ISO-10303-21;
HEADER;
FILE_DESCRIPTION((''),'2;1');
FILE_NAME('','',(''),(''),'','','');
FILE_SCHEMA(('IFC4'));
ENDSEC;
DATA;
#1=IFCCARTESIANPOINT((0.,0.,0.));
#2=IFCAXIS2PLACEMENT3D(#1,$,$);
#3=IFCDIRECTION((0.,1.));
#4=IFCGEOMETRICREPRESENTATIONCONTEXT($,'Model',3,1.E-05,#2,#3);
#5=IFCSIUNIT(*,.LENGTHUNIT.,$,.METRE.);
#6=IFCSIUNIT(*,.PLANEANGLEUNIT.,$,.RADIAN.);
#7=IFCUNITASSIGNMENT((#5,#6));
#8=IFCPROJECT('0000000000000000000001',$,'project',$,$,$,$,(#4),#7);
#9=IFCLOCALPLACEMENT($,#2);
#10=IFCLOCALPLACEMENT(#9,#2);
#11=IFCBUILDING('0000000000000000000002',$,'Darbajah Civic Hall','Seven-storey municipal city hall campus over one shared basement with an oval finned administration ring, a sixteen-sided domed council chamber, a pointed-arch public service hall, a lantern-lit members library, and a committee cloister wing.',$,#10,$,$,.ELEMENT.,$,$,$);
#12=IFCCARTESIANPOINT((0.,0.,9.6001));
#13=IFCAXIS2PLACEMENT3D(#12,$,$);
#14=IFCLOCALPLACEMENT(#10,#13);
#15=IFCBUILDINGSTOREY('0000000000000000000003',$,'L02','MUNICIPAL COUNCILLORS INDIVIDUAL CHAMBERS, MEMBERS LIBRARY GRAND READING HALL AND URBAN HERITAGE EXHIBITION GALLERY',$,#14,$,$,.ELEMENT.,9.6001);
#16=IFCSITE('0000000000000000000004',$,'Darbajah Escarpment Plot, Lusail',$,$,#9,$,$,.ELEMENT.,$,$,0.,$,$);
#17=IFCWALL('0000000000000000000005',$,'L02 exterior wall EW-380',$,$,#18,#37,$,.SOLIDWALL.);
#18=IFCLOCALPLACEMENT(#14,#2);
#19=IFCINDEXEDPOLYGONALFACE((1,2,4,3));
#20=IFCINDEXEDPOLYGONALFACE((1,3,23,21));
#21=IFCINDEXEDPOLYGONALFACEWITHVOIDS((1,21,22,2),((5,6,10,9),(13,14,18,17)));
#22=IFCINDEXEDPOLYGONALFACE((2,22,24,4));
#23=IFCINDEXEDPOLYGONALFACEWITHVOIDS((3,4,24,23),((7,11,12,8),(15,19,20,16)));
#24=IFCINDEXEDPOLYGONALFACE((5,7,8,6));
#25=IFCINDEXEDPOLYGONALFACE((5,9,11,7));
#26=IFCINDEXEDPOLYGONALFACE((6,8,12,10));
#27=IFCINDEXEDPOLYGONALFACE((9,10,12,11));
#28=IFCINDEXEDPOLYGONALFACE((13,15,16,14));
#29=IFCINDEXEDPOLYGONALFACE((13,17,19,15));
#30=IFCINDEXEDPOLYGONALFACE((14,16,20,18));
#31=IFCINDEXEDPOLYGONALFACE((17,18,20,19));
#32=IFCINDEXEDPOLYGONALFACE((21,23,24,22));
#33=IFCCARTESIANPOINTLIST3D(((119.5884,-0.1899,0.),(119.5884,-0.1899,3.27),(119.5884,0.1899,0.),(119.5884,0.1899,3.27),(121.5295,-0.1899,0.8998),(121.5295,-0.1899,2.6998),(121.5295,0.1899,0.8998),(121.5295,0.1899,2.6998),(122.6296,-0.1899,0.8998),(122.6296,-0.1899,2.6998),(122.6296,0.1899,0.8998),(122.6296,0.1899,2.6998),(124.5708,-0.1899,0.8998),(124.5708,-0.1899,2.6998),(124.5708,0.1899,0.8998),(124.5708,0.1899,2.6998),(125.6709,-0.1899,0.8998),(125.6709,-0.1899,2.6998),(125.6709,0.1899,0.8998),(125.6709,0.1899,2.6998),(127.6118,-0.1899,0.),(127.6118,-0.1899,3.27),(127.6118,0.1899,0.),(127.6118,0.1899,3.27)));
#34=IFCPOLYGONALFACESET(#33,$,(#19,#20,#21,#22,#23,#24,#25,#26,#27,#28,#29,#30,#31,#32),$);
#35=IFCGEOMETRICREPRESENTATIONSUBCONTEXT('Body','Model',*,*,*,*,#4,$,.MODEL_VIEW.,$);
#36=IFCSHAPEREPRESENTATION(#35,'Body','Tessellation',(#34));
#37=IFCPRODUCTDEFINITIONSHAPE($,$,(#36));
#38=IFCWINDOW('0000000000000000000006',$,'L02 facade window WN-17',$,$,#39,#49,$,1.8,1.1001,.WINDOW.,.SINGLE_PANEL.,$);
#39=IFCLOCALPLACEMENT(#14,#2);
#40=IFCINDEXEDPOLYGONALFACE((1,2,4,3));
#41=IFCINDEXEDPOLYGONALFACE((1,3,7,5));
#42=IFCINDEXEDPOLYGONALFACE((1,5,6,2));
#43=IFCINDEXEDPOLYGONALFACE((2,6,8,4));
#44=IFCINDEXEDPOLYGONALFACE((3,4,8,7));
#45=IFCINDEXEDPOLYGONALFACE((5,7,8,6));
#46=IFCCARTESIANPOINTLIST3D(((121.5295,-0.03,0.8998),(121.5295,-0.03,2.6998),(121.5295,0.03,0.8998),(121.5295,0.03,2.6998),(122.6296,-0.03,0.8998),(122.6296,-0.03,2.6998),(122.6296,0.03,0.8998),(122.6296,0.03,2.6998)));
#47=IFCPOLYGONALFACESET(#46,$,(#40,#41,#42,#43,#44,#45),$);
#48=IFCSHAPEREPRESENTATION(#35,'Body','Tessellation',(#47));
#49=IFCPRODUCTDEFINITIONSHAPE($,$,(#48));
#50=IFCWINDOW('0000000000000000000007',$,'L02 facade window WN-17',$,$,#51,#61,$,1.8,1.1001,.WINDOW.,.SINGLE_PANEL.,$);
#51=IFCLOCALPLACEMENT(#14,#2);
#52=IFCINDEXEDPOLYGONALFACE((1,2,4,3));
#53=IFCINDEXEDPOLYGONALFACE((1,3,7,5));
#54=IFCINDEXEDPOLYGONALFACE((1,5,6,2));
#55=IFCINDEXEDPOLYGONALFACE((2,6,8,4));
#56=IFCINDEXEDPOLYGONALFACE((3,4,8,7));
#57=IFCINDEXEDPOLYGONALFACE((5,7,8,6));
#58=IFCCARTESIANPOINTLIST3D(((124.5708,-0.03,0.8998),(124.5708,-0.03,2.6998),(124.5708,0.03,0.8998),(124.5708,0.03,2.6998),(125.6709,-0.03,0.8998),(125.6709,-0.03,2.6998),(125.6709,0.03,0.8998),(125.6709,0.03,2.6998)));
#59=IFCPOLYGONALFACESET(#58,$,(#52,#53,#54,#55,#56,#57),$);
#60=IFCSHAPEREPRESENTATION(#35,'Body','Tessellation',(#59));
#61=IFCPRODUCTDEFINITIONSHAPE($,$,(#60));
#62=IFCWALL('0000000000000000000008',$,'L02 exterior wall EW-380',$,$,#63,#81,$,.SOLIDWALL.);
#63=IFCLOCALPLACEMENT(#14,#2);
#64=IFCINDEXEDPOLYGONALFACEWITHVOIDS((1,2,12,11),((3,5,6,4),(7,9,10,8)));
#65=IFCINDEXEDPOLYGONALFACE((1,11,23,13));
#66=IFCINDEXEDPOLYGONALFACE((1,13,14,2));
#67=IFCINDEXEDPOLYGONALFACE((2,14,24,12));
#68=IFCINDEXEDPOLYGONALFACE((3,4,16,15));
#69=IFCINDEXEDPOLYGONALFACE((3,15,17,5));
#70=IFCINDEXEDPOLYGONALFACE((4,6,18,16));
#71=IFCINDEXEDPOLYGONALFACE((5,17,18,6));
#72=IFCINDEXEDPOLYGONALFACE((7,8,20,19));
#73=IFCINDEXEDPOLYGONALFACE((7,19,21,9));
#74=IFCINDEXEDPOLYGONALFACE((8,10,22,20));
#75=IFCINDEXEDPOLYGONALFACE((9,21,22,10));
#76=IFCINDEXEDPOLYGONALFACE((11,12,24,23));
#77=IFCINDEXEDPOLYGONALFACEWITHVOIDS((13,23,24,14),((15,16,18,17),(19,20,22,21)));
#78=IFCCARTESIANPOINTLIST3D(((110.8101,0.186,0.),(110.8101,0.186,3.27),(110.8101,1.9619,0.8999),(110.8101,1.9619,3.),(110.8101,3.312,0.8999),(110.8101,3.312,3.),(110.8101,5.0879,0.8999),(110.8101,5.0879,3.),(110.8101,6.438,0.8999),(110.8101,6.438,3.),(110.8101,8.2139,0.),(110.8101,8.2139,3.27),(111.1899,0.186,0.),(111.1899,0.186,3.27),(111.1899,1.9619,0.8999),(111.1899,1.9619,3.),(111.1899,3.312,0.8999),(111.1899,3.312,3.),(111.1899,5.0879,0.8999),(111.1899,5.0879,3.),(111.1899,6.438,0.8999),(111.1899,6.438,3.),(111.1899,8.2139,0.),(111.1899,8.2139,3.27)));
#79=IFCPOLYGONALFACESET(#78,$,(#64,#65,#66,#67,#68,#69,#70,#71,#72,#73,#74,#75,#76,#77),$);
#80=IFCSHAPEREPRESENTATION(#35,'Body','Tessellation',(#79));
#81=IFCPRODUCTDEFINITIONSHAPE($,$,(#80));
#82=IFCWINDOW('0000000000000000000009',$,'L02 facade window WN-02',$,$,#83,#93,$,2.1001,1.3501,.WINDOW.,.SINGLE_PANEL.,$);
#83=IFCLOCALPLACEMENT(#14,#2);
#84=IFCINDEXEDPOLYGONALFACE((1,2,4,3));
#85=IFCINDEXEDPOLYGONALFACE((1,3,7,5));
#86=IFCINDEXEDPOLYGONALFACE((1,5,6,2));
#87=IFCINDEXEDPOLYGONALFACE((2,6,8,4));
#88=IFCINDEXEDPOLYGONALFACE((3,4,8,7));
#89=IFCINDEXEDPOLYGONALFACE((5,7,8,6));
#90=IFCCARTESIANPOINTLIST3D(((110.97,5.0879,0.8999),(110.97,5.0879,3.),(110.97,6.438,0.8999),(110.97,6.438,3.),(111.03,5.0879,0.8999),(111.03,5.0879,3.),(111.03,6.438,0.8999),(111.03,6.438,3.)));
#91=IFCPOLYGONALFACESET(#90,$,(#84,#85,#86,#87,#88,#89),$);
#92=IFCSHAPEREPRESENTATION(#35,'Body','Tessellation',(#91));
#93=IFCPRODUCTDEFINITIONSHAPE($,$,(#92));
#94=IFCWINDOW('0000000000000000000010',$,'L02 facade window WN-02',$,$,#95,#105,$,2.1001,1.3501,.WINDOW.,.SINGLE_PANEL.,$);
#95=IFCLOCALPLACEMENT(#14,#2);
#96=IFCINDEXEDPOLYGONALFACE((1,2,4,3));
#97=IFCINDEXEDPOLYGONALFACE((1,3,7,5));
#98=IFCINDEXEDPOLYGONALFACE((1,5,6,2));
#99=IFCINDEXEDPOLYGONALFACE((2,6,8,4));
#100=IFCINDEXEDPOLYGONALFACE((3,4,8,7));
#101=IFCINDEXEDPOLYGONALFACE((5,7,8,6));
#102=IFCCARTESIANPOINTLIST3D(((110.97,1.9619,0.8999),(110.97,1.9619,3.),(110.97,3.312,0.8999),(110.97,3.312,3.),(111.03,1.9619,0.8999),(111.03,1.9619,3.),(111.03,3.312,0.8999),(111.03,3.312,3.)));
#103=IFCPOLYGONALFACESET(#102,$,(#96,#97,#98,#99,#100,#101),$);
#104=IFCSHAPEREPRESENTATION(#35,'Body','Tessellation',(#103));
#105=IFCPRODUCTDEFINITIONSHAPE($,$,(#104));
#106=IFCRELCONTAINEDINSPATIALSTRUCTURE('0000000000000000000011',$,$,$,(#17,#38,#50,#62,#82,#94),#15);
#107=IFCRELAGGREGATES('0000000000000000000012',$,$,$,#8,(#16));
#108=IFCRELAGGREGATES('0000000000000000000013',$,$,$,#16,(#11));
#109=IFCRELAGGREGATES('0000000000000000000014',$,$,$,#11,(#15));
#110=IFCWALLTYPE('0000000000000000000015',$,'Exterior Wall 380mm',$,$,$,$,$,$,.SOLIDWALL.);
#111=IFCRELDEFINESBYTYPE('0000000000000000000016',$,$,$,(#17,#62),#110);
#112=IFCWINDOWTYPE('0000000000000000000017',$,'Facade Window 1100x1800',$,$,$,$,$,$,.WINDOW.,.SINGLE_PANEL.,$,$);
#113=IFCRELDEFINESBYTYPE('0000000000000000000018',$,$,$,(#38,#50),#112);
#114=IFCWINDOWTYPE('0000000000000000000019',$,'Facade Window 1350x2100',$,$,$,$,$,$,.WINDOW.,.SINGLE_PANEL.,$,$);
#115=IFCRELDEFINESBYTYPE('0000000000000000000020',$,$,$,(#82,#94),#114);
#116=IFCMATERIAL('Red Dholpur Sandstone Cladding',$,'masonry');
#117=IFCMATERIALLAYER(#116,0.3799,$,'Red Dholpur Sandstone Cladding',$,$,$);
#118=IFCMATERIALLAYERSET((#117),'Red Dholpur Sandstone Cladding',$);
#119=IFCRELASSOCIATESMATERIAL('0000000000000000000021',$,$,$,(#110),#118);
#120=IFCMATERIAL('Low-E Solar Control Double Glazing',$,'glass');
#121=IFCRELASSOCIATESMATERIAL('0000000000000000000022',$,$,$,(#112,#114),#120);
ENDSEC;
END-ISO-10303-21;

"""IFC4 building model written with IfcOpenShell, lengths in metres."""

from ifc_helpers import new_model, si_unit, direction, frame, frame_2d, origin, place, context, subcontext, project, spatial, rectangle, extrude, material, layer, layer_set, type_object, element, fill, save


model = new_model("IFC4")

# Units and contexts
model_context = context("Model", 3, precision=1e-05, world=origin(), true_north=direction((0.0, 1.0)))
body_context = subcontext(model_context, "Body", "Model", "MODEL_VIEW")
ifc_project = project(units=[si_unit("LENGTHUNIT", "METRE"), si_unit("PLANEANGLEUNIT", "RADIAN")], contexts=[model_context])

# Site, building, storey
site_placement = place(None, origin())
site = spatial("IfcSite", under=ifc_project, at=site_placement, Name="Darbajah Escarpment Plot, Lusail", CompositionType="ELEMENT", RefElevation=0.0)
building_placement = place(site_placement, origin())
building = spatial("IfcBuilding", under=site, at=building_placement, Name="Darbajah Civic Hall", Description="Seven-storey municipal city hall campus over one shared basement with an oval finned administration ring, a sixteen-sided domed council chamber, a pointed-arch public service hall, a lantern-lit members library, and a committee cloister wing.", CompositionType="ELEMENT")
storey_placement = place(building_placement, frame((0.0, 0.0, 9.6001)))
storey = spatial("IfcBuildingStorey", under=building, at=storey_placement, Name="L02", Description="MUNICIPAL COUNCILLORS INDIVIDUAL CHAMBERS, MEMBERS LIBRARY GRAND READING HALL AND URBAN HERITAGE EXHIBITION GALLERY", CompositionType="ELEMENT", Elevation=9.6001)

# Walls, openings, windows
ifc_material_1 = material(Name="Red Dholpur Sandstone Cladding", Category="masonry")
ifc_layer = layer(ifc_material_1, 0.3799, Name="Red Dholpur Sandstone Cladding")
ifc_layer_set = layer_set([ifc_layer], Name="Red Dholpur Sandstone Cladding")
wall_type = type_object("IfcWallType", Name="Exterior Wall 380mm", PredefinedType="SOLIDWALL", material=ifc_layer_set)
ifc_material_2 = material(Name="Low-E Solar Control Double Glazing", Category="glass")
window_type_1 = type_object("IfcWindowType", Name="Facade Window 1100x1800", PartitioningType="SINGLE_PANEL", PredefinedType="WINDOW", material=ifc_material_2)
wall_1_placement = place(storey_placement, frame((119.5884, 0.0, 0.0), z_axis=(0.0, 0.0, 1.0), x_axis=(1.0, 0.0, 0.0)))
wall_1 = element("IfcWall", 1, at=wall_1_placement, inside=storey, type_object=wall_type, Name="L02 exterior wall EW-380", PredefinedType="SOLIDWALL", context=body_context, shape_type="SweptSolid", body=[
    extrude(rectangle(XDim=8.0234, YDim=0.3799, at=frame_2d((4.0117, 0.0))), origin(), (0.0, 0.0, 1.0), 3.27),
])
opening_1_placement = place(wall_1_placement, frame((1.9412, 0.0, 0.8999)))
opening_1 = element("IfcOpeningElement", 2, at=opening_1_placement, cuts=wall_1, PredefinedType="OPENING", context=body_context, shape_type="SweptSolid", body=[
    extrude(rectangle(XDim=1.1001, YDim=1.8, at=frame_2d((0.55, 0.8999))), frame((0.0, 0.2, 0.0), z_axis=(0.0, -1.0, 0.0), x_axis=(1.0, 0.0, 0.0)), (0.0, 0.0, 1.0), 0.3999),
])
opening_2_placement = place(wall_1_placement, frame((4.9824, 0.0, 0.8999)))
opening_2 = element("IfcOpeningElement", 3, at=opening_2_placement, cuts=wall_1, PredefinedType="OPENING", context=body_context, shape_type="SweptSolid", body=[
    extrude(rectangle(XDim=1.1001, YDim=1.8, at=frame_2d((0.55, 0.8999))), frame((0.0, 0.2, 0.0), z_axis=(0.0, -1.0, 0.0), x_axis=(1.0, 0.0, 0.0)), (0.0, 0.0, 1.0), 0.3999),
])
window_1_placement = place(opening_1_placement, origin())
window_1 = element("IfcWindow", 4, at=window_1_placement, inside=storey, type_object=window_type_1, Name="L02 facade window WN-17", OverallHeight=1.8, OverallWidth=1.1001, PartitioningType="SINGLE_PANEL", PredefinedType="WINDOW", context=body_context, shape_type="SweptSolid", body=[
    extrude(rectangle(XDim=1.1001, YDim=1.8, at=frame_2d((0.55, 0.8999))), frame((0.0, 0.03, 0.0), z_axis=(0.0, -1.0, 0.0), x_axis=(1.0, 0.0, 0.0)), (0.0, 0.0, 1.0), 0.0601),
])
fill(opening_1, window_1)
window_2_placement = place(opening_2_placement, origin())
window_2 = element("IfcWindow", 5, at=window_2_placement, inside=storey, type_object=window_type_1, Name="L02 facade window WN-17", OverallHeight=1.8, OverallWidth=1.1001, PartitioningType="SINGLE_PANEL", PredefinedType="WINDOW", context=body_context, shape_type="SweptSolid", body=[
    extrude(rectangle(XDim=1.1001, YDim=1.8, at=frame_2d((0.55, 0.8999))), frame((0.0, 0.03, 0.0), z_axis=(0.0, -1.0, 0.0), x_axis=(1.0, 0.0, 0.0)), (0.0, 0.0, 1.0), 0.0601),
])
fill(opening_2, window_2)
wall_2_placement = place(storey_placement, frame((111.0, 8.2139, 0.0), z_axis=(0.0, 0.0, 1.0), x_axis=(0.0, -1.0, 0.0)))
wall_2 = element("IfcWall", 6, at=wall_2_placement, inside=storey, type_object=wall_type, Name="L02 exterior wall EW-380", PredefinedType="SOLIDWALL", context=body_context, shape_type="SweptSolid", body=[
    extrude(rectangle(XDim=8.0278, YDim=0.3799, at=frame_2d((4.0139, 0.0))), origin(), (0.0, 0.0, 1.0), 3.27),
])
opening_3_placement = place(wall_2_placement, frame((1.7759, 0.0, 0.8999)))
opening_3 = element("IfcOpeningElement", 7, at=opening_3_placement, cuts=wall_2, PredefinedType="OPENING", context=body_context, shape_type="SweptSolid", body=[
    extrude(rectangle(XDim=1.3501, YDim=2.1001, at=frame_2d((0.675, 1.05))), frame((0.0, 0.2, 0.0), z_axis=(0.0, -1.0, 0.0), x_axis=(1.0, 0.0, 0.0)), (0.0, 0.0, 1.0), 0.3999),
])
opening_4_placement = place(wall_2_placement, frame((4.9019, 0.0, 0.8999)))
opening_4 = element("IfcOpeningElement", 8, at=opening_4_placement, cuts=wall_2, PredefinedType="OPENING", context=body_context, shape_type="SweptSolid", body=[
    extrude(rectangle(XDim=1.3501, YDim=2.1001, at=frame_2d((0.675, 1.05))), frame((0.0, 0.2, 0.0), z_axis=(0.0, -1.0, 0.0), x_axis=(1.0, 0.0, 0.0)), (0.0, 0.0, 1.0), 0.3999),
])
window_type_2 = type_object("IfcWindowType", Name="Facade Window 1350x2100", PartitioningType="SINGLE_PANEL", PredefinedType="WINDOW", material=ifc_material_2)
window_3_placement = place(opening_3_placement, origin())
window_3 = element("IfcWindow", 9, at=window_3_placement, inside=storey, type_object=window_type_2, Name="L02 facade window WN-02", OverallHeight=2.1001, OverallWidth=1.3501, PartitioningType="SINGLE_PANEL", PredefinedType="WINDOW", context=body_context, shape_type="SweptSolid", body=[
    extrude(rectangle(XDim=1.3501, YDim=2.1001, at=frame_2d((0.675, 1.05))), frame((0.0, 0.03, 0.0), z_axis=(0.0, -1.0, 0.0), x_axis=(1.0, 0.0, 0.0)), (0.0, 0.0, 1.0), 0.0601),
])
fill(opening_3, window_3)
window_4_placement = place(opening_4_placement, origin())
window_4 = element("IfcWindow", 10, at=window_4_placement, inside=storey, type_object=window_type_2, Name="L02 facade window WN-02", OverallHeight=2.1001, OverallWidth=1.3501, PartitioningType="SINGLE_PANEL", PredefinedType="WINDOW", context=body_context, shape_type="SweptSolid", body=[
    extrude(rectangle(XDim=1.3501, YDim=2.1001, at=frame_2d((0.675, 1.05))), frame((0.0, 0.03, 0.0), z_axis=(0.0, -1.0, 0.0), x_axis=(1.0, 0.0, 0.0)), (0.0, 0.0, 1.0), 0.0601),
])
fill(opening_4, window_4)

save(model, "model.ifc")
